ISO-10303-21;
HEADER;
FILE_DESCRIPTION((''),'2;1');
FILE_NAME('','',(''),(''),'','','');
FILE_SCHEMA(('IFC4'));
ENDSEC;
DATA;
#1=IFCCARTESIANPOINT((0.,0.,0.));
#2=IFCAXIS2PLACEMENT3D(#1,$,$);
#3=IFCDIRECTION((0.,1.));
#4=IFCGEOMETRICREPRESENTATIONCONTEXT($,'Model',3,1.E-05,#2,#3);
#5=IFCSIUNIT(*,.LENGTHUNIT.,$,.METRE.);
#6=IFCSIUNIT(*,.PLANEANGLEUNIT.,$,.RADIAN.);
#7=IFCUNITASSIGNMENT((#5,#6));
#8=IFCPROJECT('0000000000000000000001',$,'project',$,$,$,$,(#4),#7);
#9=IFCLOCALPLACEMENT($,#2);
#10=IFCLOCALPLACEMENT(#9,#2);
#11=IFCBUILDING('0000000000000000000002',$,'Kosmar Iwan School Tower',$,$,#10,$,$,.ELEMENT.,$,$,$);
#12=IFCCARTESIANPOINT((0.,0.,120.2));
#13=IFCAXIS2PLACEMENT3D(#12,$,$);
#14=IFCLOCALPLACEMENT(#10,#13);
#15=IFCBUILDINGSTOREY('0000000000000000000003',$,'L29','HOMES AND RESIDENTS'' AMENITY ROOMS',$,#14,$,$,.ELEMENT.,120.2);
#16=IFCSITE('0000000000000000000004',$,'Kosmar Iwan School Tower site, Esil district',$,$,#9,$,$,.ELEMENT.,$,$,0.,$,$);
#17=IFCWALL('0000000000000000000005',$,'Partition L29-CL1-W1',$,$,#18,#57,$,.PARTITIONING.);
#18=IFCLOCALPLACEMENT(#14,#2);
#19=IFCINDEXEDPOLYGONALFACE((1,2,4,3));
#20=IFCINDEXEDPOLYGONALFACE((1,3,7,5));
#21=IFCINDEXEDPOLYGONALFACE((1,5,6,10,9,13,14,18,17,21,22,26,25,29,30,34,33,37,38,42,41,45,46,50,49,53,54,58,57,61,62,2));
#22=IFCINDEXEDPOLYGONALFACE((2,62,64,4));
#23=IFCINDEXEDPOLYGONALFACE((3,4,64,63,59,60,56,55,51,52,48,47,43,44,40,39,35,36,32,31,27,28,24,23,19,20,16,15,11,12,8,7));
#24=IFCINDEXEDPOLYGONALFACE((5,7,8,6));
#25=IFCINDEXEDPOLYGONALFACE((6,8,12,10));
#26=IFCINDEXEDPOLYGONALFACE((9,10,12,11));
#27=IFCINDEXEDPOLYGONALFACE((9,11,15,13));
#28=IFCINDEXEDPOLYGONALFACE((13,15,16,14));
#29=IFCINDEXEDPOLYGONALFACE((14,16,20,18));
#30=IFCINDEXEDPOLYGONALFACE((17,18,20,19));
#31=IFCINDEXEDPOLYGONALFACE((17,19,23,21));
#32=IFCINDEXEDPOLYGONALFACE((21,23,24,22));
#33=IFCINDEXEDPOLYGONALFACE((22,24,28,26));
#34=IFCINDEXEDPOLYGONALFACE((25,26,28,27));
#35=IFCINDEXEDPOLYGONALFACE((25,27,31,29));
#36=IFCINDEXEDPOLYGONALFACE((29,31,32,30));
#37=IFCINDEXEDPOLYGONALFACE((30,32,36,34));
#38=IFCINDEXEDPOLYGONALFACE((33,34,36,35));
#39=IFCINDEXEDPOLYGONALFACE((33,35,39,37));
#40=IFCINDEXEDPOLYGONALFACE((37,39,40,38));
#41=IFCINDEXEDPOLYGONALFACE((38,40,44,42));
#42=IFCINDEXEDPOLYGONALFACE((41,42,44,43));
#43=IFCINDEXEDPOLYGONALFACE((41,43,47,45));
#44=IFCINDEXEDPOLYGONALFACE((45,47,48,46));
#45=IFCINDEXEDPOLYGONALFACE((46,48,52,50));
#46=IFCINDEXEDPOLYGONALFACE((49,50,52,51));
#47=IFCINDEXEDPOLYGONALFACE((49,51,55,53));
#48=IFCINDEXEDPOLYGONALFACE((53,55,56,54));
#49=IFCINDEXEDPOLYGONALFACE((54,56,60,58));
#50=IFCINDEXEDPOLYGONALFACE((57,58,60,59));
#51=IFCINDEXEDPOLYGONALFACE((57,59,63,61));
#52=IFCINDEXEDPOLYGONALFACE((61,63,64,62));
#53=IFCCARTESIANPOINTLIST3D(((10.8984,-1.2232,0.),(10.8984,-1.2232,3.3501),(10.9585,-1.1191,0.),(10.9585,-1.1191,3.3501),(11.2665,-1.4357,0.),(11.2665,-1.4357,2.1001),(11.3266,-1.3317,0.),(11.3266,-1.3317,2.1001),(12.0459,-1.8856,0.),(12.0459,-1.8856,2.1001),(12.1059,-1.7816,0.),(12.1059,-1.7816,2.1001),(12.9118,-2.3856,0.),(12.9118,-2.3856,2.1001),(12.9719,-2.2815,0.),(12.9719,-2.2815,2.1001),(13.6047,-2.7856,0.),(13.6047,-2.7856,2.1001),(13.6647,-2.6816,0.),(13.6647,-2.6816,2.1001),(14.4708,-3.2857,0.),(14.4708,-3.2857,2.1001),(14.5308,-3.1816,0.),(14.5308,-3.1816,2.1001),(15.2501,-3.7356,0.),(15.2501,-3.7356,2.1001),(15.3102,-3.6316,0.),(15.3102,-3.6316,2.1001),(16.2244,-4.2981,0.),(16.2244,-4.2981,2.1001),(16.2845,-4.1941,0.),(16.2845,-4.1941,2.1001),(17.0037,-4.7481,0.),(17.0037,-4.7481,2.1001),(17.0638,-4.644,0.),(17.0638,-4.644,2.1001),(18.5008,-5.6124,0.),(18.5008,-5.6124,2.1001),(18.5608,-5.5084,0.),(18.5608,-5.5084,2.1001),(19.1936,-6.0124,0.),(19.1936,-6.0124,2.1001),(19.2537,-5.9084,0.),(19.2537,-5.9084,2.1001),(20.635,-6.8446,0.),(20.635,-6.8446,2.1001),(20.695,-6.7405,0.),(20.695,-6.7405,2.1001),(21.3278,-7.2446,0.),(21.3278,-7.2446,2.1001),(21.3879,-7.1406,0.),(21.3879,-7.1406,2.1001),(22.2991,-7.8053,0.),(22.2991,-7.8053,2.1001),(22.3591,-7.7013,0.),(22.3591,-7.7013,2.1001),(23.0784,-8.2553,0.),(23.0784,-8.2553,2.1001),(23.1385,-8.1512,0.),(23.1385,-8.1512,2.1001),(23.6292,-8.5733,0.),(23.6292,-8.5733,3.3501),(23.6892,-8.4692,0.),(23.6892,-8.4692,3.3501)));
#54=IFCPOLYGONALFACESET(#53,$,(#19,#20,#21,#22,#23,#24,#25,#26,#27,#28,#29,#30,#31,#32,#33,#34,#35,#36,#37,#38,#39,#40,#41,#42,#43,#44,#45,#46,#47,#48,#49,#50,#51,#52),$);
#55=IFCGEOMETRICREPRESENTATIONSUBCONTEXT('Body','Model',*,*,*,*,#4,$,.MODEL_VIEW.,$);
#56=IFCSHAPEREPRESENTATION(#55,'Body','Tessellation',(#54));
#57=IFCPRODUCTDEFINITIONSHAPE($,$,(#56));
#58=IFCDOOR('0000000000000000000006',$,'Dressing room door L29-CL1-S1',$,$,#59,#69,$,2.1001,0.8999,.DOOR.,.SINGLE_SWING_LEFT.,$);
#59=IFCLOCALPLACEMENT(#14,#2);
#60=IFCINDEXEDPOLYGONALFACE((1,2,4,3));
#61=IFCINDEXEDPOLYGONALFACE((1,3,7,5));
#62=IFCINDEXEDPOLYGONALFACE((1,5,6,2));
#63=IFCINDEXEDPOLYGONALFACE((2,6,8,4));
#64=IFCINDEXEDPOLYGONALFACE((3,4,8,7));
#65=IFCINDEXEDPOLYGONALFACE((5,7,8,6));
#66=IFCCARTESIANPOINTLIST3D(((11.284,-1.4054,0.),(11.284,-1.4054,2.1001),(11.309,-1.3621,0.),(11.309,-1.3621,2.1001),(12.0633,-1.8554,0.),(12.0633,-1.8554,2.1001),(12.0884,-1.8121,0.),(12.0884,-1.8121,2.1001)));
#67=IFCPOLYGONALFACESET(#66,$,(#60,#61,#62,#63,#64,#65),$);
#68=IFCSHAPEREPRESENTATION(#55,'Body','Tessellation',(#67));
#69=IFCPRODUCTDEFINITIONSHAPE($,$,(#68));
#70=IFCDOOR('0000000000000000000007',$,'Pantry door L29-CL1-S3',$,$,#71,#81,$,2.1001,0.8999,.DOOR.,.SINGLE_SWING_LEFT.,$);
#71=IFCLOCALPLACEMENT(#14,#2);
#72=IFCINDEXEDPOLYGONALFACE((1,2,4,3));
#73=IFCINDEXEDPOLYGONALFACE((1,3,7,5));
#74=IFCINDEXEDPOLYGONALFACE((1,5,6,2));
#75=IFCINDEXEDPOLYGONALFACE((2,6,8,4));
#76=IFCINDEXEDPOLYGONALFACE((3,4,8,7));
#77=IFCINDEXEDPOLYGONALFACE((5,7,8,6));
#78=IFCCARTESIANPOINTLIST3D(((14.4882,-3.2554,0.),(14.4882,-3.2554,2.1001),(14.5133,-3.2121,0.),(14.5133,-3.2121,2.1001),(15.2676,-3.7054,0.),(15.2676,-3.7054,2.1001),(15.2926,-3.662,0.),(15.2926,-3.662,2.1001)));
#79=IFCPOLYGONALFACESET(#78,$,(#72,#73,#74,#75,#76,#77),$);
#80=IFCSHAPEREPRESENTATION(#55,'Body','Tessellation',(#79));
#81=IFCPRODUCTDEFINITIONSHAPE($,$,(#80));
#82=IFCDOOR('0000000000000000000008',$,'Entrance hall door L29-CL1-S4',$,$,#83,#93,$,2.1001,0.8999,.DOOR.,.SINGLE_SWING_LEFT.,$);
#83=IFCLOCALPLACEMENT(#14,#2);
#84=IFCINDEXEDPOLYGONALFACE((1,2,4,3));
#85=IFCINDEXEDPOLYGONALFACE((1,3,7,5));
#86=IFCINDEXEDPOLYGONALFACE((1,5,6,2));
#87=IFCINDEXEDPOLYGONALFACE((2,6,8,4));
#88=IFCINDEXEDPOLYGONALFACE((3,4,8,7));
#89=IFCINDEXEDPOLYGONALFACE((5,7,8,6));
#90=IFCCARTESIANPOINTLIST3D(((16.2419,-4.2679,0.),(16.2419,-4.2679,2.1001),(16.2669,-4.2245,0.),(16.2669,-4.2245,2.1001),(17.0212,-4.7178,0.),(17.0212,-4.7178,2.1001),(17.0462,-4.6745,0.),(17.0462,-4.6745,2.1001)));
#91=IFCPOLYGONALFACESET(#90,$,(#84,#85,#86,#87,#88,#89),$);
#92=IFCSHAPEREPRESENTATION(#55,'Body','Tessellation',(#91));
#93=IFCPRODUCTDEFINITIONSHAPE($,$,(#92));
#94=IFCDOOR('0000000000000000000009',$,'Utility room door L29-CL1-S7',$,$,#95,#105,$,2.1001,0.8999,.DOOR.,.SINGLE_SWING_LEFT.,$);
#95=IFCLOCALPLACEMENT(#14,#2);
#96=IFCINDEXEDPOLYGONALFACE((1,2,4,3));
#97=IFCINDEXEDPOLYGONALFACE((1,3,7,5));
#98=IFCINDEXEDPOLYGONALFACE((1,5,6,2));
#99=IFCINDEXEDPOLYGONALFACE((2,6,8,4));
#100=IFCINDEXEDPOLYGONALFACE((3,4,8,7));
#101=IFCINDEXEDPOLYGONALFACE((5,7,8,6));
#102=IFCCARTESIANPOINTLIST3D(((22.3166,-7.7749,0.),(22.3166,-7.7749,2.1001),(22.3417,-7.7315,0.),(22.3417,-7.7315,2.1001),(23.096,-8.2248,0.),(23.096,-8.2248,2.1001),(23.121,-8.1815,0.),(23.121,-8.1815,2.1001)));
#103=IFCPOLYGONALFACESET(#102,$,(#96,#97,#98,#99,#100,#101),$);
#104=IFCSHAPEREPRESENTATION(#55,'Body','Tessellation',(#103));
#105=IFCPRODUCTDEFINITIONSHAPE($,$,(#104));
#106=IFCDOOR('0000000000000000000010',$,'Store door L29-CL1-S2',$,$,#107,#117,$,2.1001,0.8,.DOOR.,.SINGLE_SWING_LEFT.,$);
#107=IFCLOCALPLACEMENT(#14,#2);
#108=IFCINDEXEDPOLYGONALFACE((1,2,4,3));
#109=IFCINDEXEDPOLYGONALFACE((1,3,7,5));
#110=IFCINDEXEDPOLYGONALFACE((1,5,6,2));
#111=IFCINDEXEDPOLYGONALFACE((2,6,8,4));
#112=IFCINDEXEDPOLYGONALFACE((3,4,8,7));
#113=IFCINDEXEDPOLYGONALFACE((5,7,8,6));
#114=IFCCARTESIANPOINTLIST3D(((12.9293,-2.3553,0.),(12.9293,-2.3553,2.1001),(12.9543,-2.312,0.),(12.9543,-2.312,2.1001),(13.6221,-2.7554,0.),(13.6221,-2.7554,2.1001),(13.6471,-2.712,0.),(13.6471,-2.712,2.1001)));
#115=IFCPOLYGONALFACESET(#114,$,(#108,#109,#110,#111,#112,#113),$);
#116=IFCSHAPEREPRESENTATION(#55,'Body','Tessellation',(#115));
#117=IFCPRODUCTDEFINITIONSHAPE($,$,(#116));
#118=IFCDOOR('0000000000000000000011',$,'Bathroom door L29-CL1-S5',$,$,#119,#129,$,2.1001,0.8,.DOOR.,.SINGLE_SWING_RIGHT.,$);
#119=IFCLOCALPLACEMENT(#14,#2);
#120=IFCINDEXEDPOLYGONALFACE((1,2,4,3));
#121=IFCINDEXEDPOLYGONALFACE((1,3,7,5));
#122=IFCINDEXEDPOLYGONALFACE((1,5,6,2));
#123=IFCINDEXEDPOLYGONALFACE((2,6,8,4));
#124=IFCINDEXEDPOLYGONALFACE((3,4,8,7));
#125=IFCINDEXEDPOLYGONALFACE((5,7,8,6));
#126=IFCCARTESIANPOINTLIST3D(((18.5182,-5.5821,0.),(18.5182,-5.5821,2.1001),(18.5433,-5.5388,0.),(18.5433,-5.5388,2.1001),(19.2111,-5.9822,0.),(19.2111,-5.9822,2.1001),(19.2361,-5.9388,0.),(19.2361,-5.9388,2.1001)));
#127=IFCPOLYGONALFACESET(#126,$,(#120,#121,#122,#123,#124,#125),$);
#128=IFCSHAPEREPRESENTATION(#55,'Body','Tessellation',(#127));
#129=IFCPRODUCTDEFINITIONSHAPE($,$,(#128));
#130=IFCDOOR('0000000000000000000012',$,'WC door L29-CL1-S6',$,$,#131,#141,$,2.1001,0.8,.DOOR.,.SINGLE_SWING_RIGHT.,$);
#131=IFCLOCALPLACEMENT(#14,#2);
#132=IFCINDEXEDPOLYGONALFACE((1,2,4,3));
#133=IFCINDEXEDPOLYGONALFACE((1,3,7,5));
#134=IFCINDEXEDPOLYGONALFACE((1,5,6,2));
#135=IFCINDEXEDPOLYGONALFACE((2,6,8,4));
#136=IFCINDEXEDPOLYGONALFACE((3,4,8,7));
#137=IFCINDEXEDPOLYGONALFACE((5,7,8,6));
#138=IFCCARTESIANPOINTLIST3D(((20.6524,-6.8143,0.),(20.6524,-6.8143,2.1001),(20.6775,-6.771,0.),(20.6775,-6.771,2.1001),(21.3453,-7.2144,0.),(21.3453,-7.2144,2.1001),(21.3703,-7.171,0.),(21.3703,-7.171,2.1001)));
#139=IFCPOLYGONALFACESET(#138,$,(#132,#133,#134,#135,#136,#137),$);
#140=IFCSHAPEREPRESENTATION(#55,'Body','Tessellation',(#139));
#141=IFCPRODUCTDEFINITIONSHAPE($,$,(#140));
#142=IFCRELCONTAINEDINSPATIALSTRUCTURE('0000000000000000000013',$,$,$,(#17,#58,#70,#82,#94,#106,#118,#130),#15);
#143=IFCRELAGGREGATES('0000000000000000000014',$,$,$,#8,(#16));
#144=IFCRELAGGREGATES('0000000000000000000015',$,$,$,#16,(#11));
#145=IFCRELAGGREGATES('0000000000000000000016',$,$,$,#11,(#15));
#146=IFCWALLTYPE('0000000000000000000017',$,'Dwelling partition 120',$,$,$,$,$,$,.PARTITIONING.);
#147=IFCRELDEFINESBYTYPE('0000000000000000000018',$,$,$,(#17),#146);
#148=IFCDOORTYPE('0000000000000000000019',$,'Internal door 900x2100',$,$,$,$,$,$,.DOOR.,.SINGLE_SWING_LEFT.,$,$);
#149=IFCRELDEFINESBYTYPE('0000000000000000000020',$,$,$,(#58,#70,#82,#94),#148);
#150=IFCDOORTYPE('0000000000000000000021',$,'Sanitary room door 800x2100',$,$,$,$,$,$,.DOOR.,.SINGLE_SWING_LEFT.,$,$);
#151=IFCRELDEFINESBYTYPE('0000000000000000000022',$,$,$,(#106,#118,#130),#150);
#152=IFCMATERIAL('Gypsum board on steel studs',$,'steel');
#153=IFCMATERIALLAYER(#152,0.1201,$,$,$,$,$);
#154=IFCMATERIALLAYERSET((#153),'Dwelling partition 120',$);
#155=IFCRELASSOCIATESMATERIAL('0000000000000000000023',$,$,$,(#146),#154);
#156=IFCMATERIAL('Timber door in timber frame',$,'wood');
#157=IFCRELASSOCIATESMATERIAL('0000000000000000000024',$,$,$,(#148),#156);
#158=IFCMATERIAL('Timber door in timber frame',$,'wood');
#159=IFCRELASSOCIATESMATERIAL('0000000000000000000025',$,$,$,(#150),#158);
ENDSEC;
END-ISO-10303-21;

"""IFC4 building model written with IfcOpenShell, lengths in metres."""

from ifc_helpers import new_model, si_unit, direction, frame, frame_2d, origin, place, context, subcontext, project, spatial, rectangle, extrude, material, layer, layer_set, type_object, element, fill, save


model = new_model("IFC4")

# Units and contexts
model_context = context("Model", 3, precision=1e-05, world=origin(), true_north=direction((0.0, 1.0)))
body_context = subcontext(model_context, "Body", "Model", "MODEL_VIEW")
ifc_project = project(units=[si_unit("LENGTHUNIT", "METRE"), si_unit("PLANEANGLEUNIT", "RADIAN")], contexts=[model_context])

# Site, building, storey
site_placement = place(None, origin())
site = spatial("IfcSite", under=ifc_project, at=site_placement, Name="Kosmar Iwan School Tower site, Esil district", CompositionType="ELEMENT", RefElevation=0.0)
building_placement = place(site_placement, origin())
building = spatial("IfcBuilding", under=site, at=building_placement, Name="Kosmar Iwan School Tower", CompositionType="ELEMENT")
storey_placement = place(building_placement, frame((0.0, 0.0, 120.2)))
storey = spatial("IfcBuildingStorey", under=building, at=storey_placement, Name="L29", Description="HOMES AND RESIDENTS' AMENITY ROOMS", CompositionType="ELEMENT", Elevation=120.2)

# Wall, openings, doors
ifc_material_1 = material(Name="Gypsum board on steel studs", Category="steel")
ifc_layer_1 = layer(ifc_material_1, 0.1201)
ifc_layer_set_1 = layer_set([ifc_layer_1], Name="Dwelling partition 120")
wall_type_1 = type_object("IfcWallType", Name="Dwelling partition 120", PredefinedType="PARTITIONING", material=ifc_layer_set_1)
wall_1_placement = place(storey_placement, frame((10.9285, -1.1711, 0.0), z_axis=(0.0, 0.0, 1.0), x_axis=(0.866025, -0.500001, 0.0)))
wall_1 = element("IfcWall", 1, at=wall_1_placement, inside=storey, type_object=wall_type_1, Name="Partition L29-CL1-W1", PredefinedType="PARTITIONING", context=body_context, shape_type="SweptSolid", body=[
    extrude(rectangle(XDim=14.7002, YDim=0.1201, at=frame_2d((7.3501, 0.0))), origin(), (0.0, 0.0, 1.0), 3.3501),
])
opening_1_placement = place(wall_1_placement, frame((0.425, 0.0, 0.0)))
opening_1 = element("IfcOpeningElement", 2, at=opening_1_placement, cuts=wall_1, PredefinedType="OPENING", context=body_context, shape_type="SweptSolid", body=[
    extrude(rectangle(XDim=0.8999, YDim=2.1001, at=frame_2d((0.45, 1.05))), frame((0.0, 0.072, 0.0), z_axis=(0.0, -1.0, 0.0), x_axis=(1.0, 0.0, 0.0)), (0.0, 0.0, 1.0), 0.144),
])
opening_2_placement = place(wall_1_placement, frame((2.325, 0.0, 0.0)))
opening_2 = element("IfcOpeningElement", 3, at=opening_2_placement, cuts=wall_1, PredefinedType="OPENING", context=body_context, shape_type="SweptSolid", body=[
    extrude(rectangle(XDim=0.8, YDim=2.1001, at=frame_2d((0.3999, 1.05))), frame((0.0, 0.072, 0.0), z_axis=(0.0, -1.0, 0.0), x_axis=(1.0, 0.0, 0.0)), (0.0, 0.0, 1.0), 0.144),
])
opening_3_placement = place(wall_1_placement, frame((4.125, 0.0, 0.0)))
opening_3 = element("IfcOpeningElement", 4, at=opening_3_placement, cuts=wall_1, PredefinedType="OPENING", context=body_context, shape_type="SweptSolid", body=[
    extrude(rectangle(XDim=0.8999, YDim=2.1001, at=frame_2d((0.45, 1.05))), frame((0.0, 0.072, 0.0), z_axis=(0.0, -1.0, 0.0), x_axis=(1.0, 0.0, 0.0)), (0.0, 0.0, 1.0), 0.144),
])
opening_4_placement = place(wall_1_placement, frame((6.1499, 0.0, 0.0)))
opening_4 = element("IfcOpeningElement", 5, at=opening_4_placement, cuts=wall_1, PredefinedType="OPENING", context=body_context, shape_type="SweptSolid", body=[
    extrude(rectangle(XDim=0.8999, YDim=2.1001, at=frame_2d((0.45, 1.05))), frame((0.0, 0.072, 0.0), z_axis=(0.0, -1.0, 0.0), x_axis=(1.0, 0.0, 0.0)), (0.0, 0.0, 1.0), 0.144),
])
opening_5_placement = place(wall_1_placement, frame((8.7786, 0.0, 0.0)))
opening_5 = element("IfcOpeningElement", 6, at=opening_5_placement, cuts=wall_1, PredefinedType="OPENING", context=body_context, shape_type="SweptSolid", body=[
    extrude(rectangle(XDim=0.8, YDim=2.1001, at=frame_2d((0.3999, 1.05))), frame((0.0, 0.072, 0.0), z_axis=(0.0, -1.0, 0.0), x_axis=(1.0, 0.0, 0.0)), (0.0, 0.0, 1.0), 0.144),
])
opening_6_placement = place(wall_1_placement, frame((11.2429, 0.0, 0.0)))
opening_6 = element("IfcOpeningElement", 7, at=opening_6_placement, cuts=wall_1, PredefinedType="OPENING", context=body_context, shape_type="SweptSolid", body=[
    extrude(rectangle(XDim=0.8, YDim=2.1001, at=frame_2d((0.3999, 1.05))), frame((0.0, 0.072, 0.0), z_axis=(0.0, -1.0, 0.0), x_axis=(1.0, 0.0, 0.0)), (0.0, 0.0, 1.0), 0.144),
])
opening_7_placement = place(wall_1_placement, frame((13.1643, 0.0, 0.0)))
opening_7 = element("IfcOpeningElement", 8, at=opening_7_placement, cuts=wall_1, PredefinedType="OPENING", context=body_context, shape_type="SweptSolid", body=[
    extrude(rectangle(XDim=0.8999, YDim=2.1001, at=frame_2d((0.45, 1.05))), frame((0.0, 0.072, 0.0), z_axis=(0.0, -1.0, 0.0), x_axis=(1.0, 0.0, 0.0)), (0.0, 0.0, 1.0), 0.144),
])
ifc_material_2 = material(Name="Timber door in timber frame", Category="wood")
door_type_1 = type_object("IfcDoorType", Name="Internal door 900x2100", OperationType="SINGLE_SWING_LEFT", PredefinedType="DOOR", material=ifc_material_2)
door_1_placement = place(opening_1_placement, origin())
door_1 = element("IfcDoor", 9, at=door_1_placement, inside=storey, type_object=door_type_1, Name="Dressing room door L29-CL1-S1", OperationType="SINGLE_SWING_LEFT", OverallHeight=2.1001, OverallWidth=0.8999, PredefinedType="DOOR", context=body_context, shape_type="SweptSolid", body=[
    extrude(rectangle(XDim=0.8999, YDim=2.1001, at=frame_2d((0.45, 1.05))), frame((0.0, 0.0249, 0.0), z_axis=(0.0, -1.0, 0.0), x_axis=(1.0, 0.0, 0.0)), (0.0, 0.0, 1.0), 0.05),
])
fill(opening_1, door_1)
door_2_placement = place(opening_3_placement, origin())
door_2 = element("IfcDoor", 10, at=door_2_placement, inside=storey, type_object=door_type_1, Name="Pantry door L29-CL1-S3", OperationType="SINGLE_SWING_LEFT", OverallHeight=2.1001, OverallWidth=0.8999, PredefinedType="DOOR", context=body_context, shape_type="SweptSolid", body=[
    extrude(rectangle(XDim=0.8999, YDim=2.1001, at=frame_2d((0.45, 1.05))), frame((0.0, 0.0249, 0.0), z_axis=(0.0, -1.0, 0.0), x_axis=(1.0, 0.0, 0.0)), (0.0, 0.0, 1.0), 0.05),
])
fill(opening_3, door_2)
door_3_placement = place(opening_4_placement, origin())
door_3 = element("IfcDoor", 11, at=door_3_placement, inside=storey, type_object=door_type_1, Name="Entrance hall door L29-CL1-S4", OperationType="SINGLE_SWING_LEFT", OverallHeight=2.1001, OverallWidth=0.8999, PredefinedType="DOOR", context=body_context, shape_type="SweptSolid", body=[
    extrude(rectangle(XDim=0.8999, YDim=2.1001, at=frame_2d((0.45, 1.05))), frame((0.0, 0.0249, 0.0), z_axis=(0.0, -1.0, 0.0), x_axis=(1.0, 0.0, 0.0)), (0.0, 0.0, 1.0), 0.05),
])
fill(opening_4, door_3)
door_4_placement = place(opening_7_placement, frame((0.8999, 0.0, 0.0), z_axis=(0.0, 0.0, 1.0), x_axis=(-1.0, 0.0, 0.0)))
door_4 = element("IfcDoor", 12, at=door_4_placement, inside=storey, type_object=door_type_1, Name="Utility room door L29-CL1-S7", OperationType="SINGLE_SWING_LEFT", OverallHeight=2.1001, OverallWidth=0.8999, PredefinedType="DOOR", context=body_context, shape_type="SweptSolid", body=[
    extrude(rectangle(XDim=0.8999, YDim=2.1001, at=frame_2d((0.45, 1.05))), frame((0.0, 0.0249, 0.0), z_axis=(0.0, -1.0, 0.0), x_axis=(1.0, 0.0, 0.0)), (0.0, 0.0, 1.0), 0.05),
])
fill(opening_7, door_4)
ifc_material_3 = material(Name="Timber door in timber frame", Category="wood")
door_type_2 = type_object("IfcDoorType", Name="Sanitary room door 800x2100", OperationType="SINGLE_SWING_LEFT", PredefinedType="DOOR", material=ifc_material_3)
door_5_placement = place(opening_2_placement, origin())
door_5 = element("IfcDoor", 13, at=door_5_placement, inside=storey, type_object=door_type_2, Name="Store door L29-CL1-S2", OperationType="SINGLE_SWING_LEFT", OverallHeight=2.1001, OverallWidth=0.8, PredefinedType="DOOR", context=body_context, shape_type="SweptSolid", body=[
    extrude(rectangle(XDim=0.8, YDim=2.1001, at=frame_2d((0.3999, 1.05))), frame((0.0, 0.0249, 0.0), z_axis=(0.0, -1.0, 0.0), x_axis=(1.0, 0.0, 0.0)), (0.0, 0.0, 1.0), 0.05),
])
fill(opening_2, door_5)
door_6_placement = place(opening_5_placement, origin())
door_6 = element("IfcDoor", 14, at=door_6_placement, inside=storey, type_object=door_type_2, Name="Bathroom door L29-CL1-S5", OperationType="SINGLE_SWING_RIGHT", OverallHeight=2.1001, OverallWidth=0.8, PredefinedType="DOOR", context=body_context, shape_type="SweptSolid", body=[
    extrude(rectangle(XDim=0.8, YDim=2.1001, at=frame_2d((0.3999, 1.05))), frame((0.0, 0.0249, 0.0), z_axis=(0.0, -1.0, 0.0), x_axis=(1.0, 0.0, 0.0)), (0.0, 0.0, 1.0), 0.05),
])
fill(opening_5, door_6)
door_7_placement = place(opening_6_placement, origin())
door_7 = element("IfcDoor", 15, at=door_7_placement, inside=storey, type_object=door_type_2, Name="WC door L29-CL1-S6", OperationType="SINGLE_SWING_RIGHT", OverallHeight=2.1001, OverallWidth=0.8, PredefinedType="DOOR", context=body_context, shape_type="SweptSolid", body=[
    extrude(rectangle(XDim=0.8, YDim=2.1001, at=frame_2d((0.3999, 1.05))), frame((0.0, 0.0249, 0.0), z_axis=(0.0, -1.0, 0.0), x_axis=(1.0, 0.0, 0.0)), (0.0, 0.0, 1.0), 0.05),
])
fill(opening_6, door_7)

save(model, "model.ifc")
